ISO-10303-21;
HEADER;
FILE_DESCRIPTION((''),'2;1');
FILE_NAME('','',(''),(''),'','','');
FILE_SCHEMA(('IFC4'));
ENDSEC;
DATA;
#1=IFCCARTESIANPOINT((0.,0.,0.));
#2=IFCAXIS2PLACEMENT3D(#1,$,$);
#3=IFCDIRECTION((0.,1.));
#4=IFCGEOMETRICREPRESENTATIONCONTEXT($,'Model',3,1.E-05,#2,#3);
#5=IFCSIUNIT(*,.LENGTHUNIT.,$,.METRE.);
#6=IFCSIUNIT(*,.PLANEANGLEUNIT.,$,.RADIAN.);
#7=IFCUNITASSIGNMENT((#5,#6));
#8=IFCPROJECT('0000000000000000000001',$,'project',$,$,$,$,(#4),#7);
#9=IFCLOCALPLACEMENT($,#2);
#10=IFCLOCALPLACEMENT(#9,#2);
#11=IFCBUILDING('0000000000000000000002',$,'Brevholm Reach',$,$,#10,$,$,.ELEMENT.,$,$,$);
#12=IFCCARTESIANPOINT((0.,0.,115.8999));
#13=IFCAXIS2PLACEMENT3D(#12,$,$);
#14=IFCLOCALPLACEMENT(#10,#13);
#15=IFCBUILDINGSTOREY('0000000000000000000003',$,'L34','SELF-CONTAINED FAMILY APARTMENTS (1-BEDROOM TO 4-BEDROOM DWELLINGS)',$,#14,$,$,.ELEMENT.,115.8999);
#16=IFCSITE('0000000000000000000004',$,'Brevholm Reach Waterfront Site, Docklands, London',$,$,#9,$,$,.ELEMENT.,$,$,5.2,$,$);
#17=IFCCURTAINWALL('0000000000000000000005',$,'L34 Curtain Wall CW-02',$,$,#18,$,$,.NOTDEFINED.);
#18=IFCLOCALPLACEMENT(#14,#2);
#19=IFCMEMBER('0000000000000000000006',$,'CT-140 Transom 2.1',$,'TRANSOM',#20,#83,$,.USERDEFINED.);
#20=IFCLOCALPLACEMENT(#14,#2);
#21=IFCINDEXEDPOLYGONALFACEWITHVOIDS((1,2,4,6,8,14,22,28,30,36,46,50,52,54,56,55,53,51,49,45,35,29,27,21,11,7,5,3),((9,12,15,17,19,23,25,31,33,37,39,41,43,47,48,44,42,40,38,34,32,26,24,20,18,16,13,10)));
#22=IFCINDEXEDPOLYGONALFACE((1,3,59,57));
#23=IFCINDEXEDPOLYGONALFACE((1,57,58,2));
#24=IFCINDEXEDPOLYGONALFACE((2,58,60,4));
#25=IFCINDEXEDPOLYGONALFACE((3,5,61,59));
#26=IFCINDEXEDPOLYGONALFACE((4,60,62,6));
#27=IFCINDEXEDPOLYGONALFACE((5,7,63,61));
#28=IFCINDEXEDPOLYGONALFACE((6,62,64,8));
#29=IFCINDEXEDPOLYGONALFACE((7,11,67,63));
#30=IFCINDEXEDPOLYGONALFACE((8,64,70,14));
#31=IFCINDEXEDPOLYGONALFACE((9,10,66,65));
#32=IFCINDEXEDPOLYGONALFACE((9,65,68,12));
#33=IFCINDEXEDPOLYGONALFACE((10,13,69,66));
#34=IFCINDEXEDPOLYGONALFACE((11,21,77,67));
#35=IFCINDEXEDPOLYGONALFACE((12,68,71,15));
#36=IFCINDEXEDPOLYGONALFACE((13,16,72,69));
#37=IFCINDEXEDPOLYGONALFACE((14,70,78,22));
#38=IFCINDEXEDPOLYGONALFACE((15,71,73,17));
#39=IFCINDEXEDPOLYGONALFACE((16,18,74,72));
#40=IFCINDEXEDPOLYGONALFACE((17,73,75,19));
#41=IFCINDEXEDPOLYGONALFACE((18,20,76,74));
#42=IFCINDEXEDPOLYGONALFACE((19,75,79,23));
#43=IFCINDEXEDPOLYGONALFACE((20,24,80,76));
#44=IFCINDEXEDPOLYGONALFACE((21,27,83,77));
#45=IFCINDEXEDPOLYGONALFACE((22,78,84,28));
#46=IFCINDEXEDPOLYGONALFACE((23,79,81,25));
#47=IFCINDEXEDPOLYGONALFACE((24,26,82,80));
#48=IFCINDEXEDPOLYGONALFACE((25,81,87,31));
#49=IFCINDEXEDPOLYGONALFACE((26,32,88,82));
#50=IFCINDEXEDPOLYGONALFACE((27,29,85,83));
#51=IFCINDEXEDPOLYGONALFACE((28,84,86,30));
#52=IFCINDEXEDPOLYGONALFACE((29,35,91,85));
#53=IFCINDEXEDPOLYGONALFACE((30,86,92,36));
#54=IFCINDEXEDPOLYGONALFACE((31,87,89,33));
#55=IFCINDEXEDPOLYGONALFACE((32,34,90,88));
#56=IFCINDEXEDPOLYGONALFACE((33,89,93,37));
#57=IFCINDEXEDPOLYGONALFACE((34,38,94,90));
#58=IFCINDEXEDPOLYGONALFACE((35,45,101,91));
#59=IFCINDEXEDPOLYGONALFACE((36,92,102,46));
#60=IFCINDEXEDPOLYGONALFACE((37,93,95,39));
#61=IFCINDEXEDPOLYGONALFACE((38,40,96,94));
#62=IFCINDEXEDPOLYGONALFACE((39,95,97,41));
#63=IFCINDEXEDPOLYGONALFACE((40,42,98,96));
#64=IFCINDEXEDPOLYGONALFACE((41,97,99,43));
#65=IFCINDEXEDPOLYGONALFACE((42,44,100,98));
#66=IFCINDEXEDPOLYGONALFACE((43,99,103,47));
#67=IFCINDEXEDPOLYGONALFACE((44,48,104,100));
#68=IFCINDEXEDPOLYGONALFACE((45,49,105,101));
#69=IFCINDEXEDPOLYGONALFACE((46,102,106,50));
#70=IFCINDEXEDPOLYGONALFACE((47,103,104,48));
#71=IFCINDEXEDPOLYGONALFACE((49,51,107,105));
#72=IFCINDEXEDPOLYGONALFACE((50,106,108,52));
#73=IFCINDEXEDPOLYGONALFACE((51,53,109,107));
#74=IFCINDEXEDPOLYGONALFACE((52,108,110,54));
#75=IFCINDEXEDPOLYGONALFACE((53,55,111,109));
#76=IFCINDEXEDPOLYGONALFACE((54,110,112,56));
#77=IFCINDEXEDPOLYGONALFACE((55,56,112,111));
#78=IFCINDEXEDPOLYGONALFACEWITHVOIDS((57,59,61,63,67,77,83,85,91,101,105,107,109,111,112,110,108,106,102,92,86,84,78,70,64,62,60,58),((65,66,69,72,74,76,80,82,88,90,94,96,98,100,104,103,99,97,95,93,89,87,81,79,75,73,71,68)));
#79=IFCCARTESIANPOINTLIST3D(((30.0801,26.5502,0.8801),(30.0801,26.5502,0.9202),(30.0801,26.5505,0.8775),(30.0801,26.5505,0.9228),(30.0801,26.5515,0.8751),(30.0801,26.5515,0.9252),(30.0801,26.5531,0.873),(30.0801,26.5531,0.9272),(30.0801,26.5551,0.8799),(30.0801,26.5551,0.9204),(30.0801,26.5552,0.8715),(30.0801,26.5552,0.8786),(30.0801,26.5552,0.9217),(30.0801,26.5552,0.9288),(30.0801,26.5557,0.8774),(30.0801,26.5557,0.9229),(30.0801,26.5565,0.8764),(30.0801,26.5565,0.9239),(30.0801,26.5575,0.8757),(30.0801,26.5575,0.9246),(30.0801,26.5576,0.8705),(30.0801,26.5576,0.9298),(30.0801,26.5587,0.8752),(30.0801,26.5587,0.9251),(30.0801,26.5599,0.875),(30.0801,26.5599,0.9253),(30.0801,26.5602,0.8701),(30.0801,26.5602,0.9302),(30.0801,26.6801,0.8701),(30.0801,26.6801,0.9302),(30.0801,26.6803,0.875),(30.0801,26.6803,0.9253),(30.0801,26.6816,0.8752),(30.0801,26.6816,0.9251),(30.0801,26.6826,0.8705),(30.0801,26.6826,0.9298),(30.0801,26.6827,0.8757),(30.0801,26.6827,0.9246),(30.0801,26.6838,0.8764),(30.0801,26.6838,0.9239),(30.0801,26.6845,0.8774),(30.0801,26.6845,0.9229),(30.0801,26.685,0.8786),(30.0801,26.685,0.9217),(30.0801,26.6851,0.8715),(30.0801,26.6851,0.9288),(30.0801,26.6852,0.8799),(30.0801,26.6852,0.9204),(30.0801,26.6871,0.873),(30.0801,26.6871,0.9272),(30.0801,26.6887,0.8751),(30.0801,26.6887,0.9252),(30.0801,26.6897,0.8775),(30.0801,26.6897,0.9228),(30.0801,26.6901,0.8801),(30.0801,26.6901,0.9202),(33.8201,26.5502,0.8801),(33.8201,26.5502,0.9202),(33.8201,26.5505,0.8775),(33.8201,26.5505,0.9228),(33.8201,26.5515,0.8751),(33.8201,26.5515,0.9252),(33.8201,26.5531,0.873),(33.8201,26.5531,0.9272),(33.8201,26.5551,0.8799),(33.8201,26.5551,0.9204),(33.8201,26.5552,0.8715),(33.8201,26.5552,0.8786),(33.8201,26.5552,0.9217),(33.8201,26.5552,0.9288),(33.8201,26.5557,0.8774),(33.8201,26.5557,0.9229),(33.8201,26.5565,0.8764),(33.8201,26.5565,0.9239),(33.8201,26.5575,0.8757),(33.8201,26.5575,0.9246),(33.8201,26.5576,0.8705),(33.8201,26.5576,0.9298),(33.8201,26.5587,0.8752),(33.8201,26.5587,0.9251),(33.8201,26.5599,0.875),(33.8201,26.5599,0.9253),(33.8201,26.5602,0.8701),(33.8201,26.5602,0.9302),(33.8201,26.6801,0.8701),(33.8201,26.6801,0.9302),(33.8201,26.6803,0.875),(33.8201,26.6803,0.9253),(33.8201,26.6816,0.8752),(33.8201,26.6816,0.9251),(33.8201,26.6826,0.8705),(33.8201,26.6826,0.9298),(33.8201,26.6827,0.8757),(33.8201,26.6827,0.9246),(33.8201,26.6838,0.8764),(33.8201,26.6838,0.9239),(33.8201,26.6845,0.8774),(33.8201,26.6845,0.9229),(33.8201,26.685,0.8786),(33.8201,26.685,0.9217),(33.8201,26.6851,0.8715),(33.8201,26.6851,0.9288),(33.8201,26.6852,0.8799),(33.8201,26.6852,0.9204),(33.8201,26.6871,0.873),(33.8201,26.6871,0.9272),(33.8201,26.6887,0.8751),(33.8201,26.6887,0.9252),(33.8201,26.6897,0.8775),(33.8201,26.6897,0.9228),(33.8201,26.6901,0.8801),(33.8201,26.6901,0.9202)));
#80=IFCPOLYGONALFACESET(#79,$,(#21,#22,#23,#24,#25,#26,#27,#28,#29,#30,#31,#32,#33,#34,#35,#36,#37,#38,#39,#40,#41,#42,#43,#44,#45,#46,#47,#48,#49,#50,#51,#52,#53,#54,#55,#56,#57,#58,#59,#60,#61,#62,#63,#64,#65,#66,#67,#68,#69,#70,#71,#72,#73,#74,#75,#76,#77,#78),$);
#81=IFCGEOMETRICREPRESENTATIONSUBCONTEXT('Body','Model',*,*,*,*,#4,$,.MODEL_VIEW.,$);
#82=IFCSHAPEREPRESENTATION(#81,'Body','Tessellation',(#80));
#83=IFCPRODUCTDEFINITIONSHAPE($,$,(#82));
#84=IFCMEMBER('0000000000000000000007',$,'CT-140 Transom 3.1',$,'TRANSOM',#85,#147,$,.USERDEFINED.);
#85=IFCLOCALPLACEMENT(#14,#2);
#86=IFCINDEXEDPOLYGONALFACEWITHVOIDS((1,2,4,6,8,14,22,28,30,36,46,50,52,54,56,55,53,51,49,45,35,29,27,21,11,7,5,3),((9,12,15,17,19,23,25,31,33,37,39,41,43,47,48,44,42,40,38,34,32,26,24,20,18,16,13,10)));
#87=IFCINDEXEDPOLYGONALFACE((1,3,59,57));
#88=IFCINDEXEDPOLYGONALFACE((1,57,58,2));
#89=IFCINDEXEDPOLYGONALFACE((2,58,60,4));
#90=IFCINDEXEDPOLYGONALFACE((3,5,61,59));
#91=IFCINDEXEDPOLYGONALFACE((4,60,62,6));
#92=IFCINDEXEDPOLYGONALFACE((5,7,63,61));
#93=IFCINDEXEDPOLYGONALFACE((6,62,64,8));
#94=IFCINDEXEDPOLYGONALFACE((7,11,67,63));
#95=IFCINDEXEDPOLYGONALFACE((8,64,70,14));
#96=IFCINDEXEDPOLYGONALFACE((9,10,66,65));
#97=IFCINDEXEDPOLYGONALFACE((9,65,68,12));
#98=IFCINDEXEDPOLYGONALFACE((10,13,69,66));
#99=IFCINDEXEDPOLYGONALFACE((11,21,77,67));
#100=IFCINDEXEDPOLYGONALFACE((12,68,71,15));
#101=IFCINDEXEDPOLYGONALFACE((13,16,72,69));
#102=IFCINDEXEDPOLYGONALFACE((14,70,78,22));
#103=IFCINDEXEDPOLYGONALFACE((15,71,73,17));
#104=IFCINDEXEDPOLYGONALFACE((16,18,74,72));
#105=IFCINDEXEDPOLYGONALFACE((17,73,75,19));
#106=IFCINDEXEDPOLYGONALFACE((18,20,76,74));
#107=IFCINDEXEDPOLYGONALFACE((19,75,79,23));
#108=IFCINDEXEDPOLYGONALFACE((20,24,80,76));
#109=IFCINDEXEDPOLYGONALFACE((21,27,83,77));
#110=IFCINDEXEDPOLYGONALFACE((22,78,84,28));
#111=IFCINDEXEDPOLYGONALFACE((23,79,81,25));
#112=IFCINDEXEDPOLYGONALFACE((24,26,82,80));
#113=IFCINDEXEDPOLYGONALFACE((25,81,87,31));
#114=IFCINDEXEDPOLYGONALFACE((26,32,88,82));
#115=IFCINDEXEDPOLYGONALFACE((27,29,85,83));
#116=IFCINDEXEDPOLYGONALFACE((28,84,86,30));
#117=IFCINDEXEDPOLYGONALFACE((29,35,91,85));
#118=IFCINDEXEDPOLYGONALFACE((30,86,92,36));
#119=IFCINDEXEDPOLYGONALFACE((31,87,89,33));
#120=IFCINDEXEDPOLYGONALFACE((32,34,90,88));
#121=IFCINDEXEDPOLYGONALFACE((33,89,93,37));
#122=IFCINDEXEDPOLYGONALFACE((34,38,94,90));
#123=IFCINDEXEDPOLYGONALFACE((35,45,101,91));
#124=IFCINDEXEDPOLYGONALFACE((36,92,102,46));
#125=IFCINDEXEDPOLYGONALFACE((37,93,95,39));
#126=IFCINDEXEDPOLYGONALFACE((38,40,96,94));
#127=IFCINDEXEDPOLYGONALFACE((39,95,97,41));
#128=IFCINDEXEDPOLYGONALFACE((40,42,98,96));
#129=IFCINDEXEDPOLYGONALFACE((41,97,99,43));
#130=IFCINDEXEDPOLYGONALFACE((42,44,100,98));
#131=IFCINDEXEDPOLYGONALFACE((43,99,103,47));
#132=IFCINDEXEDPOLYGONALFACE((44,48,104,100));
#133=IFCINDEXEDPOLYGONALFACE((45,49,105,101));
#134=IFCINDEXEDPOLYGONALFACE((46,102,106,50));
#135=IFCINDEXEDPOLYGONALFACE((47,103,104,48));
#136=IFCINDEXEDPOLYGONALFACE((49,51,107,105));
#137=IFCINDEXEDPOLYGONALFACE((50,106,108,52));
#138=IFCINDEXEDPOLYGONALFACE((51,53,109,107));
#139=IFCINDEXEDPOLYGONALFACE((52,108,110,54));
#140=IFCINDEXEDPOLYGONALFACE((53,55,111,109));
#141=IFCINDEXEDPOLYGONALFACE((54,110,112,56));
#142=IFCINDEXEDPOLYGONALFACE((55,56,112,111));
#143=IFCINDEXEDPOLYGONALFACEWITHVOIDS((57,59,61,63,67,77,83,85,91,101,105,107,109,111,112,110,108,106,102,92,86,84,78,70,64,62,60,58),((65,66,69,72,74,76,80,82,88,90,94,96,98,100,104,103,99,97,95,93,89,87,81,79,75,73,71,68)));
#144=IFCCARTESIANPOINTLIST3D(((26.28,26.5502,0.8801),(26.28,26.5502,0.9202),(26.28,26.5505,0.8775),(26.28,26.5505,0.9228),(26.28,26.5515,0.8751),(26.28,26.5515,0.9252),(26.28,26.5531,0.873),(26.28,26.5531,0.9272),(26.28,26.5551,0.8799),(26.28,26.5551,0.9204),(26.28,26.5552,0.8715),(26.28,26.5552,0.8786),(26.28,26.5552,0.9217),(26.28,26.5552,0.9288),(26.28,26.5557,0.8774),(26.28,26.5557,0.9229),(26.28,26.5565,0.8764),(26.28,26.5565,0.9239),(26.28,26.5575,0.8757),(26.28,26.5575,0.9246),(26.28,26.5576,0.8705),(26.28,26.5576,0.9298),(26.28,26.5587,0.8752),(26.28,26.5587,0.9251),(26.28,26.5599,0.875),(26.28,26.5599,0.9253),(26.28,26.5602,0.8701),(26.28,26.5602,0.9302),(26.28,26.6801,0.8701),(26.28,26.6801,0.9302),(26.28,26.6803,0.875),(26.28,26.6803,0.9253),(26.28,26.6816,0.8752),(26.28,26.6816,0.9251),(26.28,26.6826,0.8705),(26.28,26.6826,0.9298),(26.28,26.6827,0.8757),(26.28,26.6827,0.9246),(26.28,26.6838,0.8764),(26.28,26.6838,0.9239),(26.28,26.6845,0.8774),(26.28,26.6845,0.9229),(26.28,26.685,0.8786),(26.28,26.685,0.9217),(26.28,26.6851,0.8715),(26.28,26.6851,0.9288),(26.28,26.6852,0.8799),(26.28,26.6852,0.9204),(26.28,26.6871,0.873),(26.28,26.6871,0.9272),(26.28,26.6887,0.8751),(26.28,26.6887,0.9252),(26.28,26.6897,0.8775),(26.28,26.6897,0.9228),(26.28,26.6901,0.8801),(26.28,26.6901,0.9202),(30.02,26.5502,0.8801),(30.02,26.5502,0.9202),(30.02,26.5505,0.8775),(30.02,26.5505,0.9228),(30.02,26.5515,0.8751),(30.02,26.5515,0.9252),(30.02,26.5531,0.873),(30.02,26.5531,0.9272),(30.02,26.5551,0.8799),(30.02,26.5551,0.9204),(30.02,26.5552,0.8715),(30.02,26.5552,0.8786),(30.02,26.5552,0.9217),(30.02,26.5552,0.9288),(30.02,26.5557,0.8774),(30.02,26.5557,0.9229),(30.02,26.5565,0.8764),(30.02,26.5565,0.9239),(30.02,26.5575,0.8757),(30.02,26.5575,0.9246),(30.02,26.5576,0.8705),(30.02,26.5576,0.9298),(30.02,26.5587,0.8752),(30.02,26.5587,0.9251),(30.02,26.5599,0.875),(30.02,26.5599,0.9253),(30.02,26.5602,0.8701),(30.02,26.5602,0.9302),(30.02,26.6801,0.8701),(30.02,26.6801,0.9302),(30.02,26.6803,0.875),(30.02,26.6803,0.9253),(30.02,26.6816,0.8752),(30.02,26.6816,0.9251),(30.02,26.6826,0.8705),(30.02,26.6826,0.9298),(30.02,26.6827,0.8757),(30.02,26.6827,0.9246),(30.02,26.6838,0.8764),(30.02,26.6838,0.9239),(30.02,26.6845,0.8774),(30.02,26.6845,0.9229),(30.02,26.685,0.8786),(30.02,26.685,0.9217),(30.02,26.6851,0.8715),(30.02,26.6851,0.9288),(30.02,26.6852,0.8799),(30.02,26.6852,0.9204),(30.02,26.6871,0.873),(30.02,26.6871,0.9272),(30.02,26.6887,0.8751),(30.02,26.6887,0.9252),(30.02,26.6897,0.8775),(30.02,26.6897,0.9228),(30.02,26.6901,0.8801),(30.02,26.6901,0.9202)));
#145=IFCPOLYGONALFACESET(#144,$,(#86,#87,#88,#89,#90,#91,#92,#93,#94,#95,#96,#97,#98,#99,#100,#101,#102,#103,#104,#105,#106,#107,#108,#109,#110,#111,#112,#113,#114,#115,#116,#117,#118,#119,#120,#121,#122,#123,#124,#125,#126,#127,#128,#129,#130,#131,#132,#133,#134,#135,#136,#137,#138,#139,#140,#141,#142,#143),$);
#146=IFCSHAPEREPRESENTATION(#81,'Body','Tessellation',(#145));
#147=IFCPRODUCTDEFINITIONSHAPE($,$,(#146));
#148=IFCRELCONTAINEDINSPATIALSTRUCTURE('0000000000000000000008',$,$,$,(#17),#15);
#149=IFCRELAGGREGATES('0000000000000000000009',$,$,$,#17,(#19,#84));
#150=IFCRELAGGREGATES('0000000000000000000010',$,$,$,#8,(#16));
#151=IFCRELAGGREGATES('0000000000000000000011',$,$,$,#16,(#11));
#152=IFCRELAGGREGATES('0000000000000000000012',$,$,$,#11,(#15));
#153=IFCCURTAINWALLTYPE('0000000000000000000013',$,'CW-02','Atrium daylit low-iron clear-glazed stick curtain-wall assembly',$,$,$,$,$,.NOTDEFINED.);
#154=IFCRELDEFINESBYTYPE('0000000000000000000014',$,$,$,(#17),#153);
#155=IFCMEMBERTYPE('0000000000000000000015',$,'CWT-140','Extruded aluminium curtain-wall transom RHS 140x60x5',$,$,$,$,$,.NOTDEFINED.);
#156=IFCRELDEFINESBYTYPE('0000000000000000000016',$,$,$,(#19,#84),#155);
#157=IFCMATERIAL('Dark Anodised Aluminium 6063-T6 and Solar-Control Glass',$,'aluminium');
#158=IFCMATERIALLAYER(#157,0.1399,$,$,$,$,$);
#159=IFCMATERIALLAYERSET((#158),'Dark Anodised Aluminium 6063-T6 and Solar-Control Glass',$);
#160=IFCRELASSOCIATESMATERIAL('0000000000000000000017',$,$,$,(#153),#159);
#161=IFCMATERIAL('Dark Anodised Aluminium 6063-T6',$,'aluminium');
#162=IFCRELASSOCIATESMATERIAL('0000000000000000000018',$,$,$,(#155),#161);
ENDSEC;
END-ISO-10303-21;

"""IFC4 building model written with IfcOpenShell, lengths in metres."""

from ifc_helpers import new_model, si_unit, direction, frame, origin, origin_2d, place, context, subcontext, project, spatial, hollow_rectangle, extrude, material, layer, layer_set, material_profile, profile_set, type_object, element, aggregate, save


model = new_model("IFC4")

# Units and contexts
model_context = context("Model", 3, precision=1e-05, world=origin(), true_north=direction((0.0, 1.0)))
body_context = subcontext(model_context, "Body", "Model", "MODEL_VIEW")
ifc_project = project(units=[si_unit("LENGTHUNIT", "METRE"), si_unit("PLANEANGLEUNIT", "RADIAN")], contexts=[model_context])

# Site, building, storey
site_placement = place(None, origin())
site = spatial("IfcSite", under=ifc_project, at=site_placement, Name="Brevholm Reach Waterfront Site, Docklands, London", CompositionType="ELEMENT", RefElevation=5.2)
building_placement = place(site_placement, origin())
building = spatial("IfcBuilding", under=site, at=building_placement, Name="Brevholm Reach", CompositionType="ELEMENT")
storey_placement = place(building_placement, frame((0.0, 0.0, 115.8999)))
storey = spatial("IfcBuildingStorey", under=building, at=storey_placement, Name="L34", Description="SELF-CONTAINED FAMILY APARTMENTS (1-BEDROOM TO 4-BEDROOM DWELLINGS)", CompositionType="ELEMENT", Elevation=115.8999)

# Curtain wall
ifc_material_1 = material(Name="Dark Anodised Aluminium 6063-T6 and Solar-Control Glass", Category="aluminium")
ifc_layer_1 = layer(ifc_material_1, 0.1399)
ifc_layer_set_1 = layer_set([ifc_layer_1], Name="Dark Anodised Aluminium 6063-T6 and Solar-Control Glass")
curtain_wall_type_1 = type_object("IfcCurtainWallType", Name="CW-02", Description="Atrium daylit low-iron clear-glazed stick curtain-wall assembly", PredefinedType="NOTDEFINED", material=ifc_layer_set_1)
curtain_wall_1_placement = place(storey_placement, origin())
curtain_wall_1 = element("IfcCurtainWall", 1, at=curtain_wall_1_placement, inside=storey, type_object=curtain_wall_type_1, Name="L34 Curtain Wall CW-02", PredefinedType="NOTDEFINED")

# Members
ifc_material_2 = material(Name="Dark Anodised Aluminium 6063-T6", Category="aluminium")
ifc_material_profile_1 = material_profile(ifc_material_2, hollow_rectangle(XDim=0.0601, YDim=0.1399, WallThickness=0.0049, InnerFilletRadius=0.0049, OuterFilletRadius=0.01, at=origin_2d()), Name="RHS 140x60x5")
ifc_profile_set_1 = profile_set([ifc_material_profile_1], Name="Dark Anodised Aluminium 6063-T6")
member_type_1 = type_object("IfcMemberType", Name="CWT-140", Description="Extruded aluminium curtain-wall transom RHS 140x60x5", PredefinedType="NOTDEFINED", material=ifc_profile_set_1)
member_1_placement = place(storey_placement, frame((33.8201, 26.6201, 0.9001), z_axis=(-1.0, 0.0, 0.0), x_axis=(0.0, 0.0, 1.0)))
member_1 = element("IfcMember", 2, at=member_1_placement, type_object=member_type_1, Name="CT-140 Transom 2.1", ObjectType="TRANSOM", PredefinedType="USERDEFINED", context=body_context, shape_type="SweptSolid", body=[
    extrude(hollow_rectangle(XDim=0.0601, YDim=0.1399, WallThickness=0.0049, InnerFilletRadius=0.0049, OuterFilletRadius=0.01, at=origin_2d()), origin(), (0.0, 0.0, 1.0), 3.74),
])
member_2_placement = place(storey_placement, frame((30.02, 26.6201, 0.9001), z_axis=(-1.0, 0.0, 0.0), x_axis=(0.0, 0.0, 1.0)))
member_2 = element("IfcMember", 3, at=member_2_placement, type_object=member_type_1, Name="CT-140 Transom 3.1", ObjectType="TRANSOM", PredefinedType="USERDEFINED", context=body_context, shape_type="SweptSolid", body=[
    extrude(hollow_rectangle(XDim=0.0601, YDim=0.1399, WallThickness=0.0049, InnerFilletRadius=0.0049, OuterFilletRadius=0.01, at=origin_2d()), origin(), (0.0, 0.0, 1.0), 3.74),
])

aggregate(curtain_wall_1, [member_1, member_2])

save(model, "model.ifc")
